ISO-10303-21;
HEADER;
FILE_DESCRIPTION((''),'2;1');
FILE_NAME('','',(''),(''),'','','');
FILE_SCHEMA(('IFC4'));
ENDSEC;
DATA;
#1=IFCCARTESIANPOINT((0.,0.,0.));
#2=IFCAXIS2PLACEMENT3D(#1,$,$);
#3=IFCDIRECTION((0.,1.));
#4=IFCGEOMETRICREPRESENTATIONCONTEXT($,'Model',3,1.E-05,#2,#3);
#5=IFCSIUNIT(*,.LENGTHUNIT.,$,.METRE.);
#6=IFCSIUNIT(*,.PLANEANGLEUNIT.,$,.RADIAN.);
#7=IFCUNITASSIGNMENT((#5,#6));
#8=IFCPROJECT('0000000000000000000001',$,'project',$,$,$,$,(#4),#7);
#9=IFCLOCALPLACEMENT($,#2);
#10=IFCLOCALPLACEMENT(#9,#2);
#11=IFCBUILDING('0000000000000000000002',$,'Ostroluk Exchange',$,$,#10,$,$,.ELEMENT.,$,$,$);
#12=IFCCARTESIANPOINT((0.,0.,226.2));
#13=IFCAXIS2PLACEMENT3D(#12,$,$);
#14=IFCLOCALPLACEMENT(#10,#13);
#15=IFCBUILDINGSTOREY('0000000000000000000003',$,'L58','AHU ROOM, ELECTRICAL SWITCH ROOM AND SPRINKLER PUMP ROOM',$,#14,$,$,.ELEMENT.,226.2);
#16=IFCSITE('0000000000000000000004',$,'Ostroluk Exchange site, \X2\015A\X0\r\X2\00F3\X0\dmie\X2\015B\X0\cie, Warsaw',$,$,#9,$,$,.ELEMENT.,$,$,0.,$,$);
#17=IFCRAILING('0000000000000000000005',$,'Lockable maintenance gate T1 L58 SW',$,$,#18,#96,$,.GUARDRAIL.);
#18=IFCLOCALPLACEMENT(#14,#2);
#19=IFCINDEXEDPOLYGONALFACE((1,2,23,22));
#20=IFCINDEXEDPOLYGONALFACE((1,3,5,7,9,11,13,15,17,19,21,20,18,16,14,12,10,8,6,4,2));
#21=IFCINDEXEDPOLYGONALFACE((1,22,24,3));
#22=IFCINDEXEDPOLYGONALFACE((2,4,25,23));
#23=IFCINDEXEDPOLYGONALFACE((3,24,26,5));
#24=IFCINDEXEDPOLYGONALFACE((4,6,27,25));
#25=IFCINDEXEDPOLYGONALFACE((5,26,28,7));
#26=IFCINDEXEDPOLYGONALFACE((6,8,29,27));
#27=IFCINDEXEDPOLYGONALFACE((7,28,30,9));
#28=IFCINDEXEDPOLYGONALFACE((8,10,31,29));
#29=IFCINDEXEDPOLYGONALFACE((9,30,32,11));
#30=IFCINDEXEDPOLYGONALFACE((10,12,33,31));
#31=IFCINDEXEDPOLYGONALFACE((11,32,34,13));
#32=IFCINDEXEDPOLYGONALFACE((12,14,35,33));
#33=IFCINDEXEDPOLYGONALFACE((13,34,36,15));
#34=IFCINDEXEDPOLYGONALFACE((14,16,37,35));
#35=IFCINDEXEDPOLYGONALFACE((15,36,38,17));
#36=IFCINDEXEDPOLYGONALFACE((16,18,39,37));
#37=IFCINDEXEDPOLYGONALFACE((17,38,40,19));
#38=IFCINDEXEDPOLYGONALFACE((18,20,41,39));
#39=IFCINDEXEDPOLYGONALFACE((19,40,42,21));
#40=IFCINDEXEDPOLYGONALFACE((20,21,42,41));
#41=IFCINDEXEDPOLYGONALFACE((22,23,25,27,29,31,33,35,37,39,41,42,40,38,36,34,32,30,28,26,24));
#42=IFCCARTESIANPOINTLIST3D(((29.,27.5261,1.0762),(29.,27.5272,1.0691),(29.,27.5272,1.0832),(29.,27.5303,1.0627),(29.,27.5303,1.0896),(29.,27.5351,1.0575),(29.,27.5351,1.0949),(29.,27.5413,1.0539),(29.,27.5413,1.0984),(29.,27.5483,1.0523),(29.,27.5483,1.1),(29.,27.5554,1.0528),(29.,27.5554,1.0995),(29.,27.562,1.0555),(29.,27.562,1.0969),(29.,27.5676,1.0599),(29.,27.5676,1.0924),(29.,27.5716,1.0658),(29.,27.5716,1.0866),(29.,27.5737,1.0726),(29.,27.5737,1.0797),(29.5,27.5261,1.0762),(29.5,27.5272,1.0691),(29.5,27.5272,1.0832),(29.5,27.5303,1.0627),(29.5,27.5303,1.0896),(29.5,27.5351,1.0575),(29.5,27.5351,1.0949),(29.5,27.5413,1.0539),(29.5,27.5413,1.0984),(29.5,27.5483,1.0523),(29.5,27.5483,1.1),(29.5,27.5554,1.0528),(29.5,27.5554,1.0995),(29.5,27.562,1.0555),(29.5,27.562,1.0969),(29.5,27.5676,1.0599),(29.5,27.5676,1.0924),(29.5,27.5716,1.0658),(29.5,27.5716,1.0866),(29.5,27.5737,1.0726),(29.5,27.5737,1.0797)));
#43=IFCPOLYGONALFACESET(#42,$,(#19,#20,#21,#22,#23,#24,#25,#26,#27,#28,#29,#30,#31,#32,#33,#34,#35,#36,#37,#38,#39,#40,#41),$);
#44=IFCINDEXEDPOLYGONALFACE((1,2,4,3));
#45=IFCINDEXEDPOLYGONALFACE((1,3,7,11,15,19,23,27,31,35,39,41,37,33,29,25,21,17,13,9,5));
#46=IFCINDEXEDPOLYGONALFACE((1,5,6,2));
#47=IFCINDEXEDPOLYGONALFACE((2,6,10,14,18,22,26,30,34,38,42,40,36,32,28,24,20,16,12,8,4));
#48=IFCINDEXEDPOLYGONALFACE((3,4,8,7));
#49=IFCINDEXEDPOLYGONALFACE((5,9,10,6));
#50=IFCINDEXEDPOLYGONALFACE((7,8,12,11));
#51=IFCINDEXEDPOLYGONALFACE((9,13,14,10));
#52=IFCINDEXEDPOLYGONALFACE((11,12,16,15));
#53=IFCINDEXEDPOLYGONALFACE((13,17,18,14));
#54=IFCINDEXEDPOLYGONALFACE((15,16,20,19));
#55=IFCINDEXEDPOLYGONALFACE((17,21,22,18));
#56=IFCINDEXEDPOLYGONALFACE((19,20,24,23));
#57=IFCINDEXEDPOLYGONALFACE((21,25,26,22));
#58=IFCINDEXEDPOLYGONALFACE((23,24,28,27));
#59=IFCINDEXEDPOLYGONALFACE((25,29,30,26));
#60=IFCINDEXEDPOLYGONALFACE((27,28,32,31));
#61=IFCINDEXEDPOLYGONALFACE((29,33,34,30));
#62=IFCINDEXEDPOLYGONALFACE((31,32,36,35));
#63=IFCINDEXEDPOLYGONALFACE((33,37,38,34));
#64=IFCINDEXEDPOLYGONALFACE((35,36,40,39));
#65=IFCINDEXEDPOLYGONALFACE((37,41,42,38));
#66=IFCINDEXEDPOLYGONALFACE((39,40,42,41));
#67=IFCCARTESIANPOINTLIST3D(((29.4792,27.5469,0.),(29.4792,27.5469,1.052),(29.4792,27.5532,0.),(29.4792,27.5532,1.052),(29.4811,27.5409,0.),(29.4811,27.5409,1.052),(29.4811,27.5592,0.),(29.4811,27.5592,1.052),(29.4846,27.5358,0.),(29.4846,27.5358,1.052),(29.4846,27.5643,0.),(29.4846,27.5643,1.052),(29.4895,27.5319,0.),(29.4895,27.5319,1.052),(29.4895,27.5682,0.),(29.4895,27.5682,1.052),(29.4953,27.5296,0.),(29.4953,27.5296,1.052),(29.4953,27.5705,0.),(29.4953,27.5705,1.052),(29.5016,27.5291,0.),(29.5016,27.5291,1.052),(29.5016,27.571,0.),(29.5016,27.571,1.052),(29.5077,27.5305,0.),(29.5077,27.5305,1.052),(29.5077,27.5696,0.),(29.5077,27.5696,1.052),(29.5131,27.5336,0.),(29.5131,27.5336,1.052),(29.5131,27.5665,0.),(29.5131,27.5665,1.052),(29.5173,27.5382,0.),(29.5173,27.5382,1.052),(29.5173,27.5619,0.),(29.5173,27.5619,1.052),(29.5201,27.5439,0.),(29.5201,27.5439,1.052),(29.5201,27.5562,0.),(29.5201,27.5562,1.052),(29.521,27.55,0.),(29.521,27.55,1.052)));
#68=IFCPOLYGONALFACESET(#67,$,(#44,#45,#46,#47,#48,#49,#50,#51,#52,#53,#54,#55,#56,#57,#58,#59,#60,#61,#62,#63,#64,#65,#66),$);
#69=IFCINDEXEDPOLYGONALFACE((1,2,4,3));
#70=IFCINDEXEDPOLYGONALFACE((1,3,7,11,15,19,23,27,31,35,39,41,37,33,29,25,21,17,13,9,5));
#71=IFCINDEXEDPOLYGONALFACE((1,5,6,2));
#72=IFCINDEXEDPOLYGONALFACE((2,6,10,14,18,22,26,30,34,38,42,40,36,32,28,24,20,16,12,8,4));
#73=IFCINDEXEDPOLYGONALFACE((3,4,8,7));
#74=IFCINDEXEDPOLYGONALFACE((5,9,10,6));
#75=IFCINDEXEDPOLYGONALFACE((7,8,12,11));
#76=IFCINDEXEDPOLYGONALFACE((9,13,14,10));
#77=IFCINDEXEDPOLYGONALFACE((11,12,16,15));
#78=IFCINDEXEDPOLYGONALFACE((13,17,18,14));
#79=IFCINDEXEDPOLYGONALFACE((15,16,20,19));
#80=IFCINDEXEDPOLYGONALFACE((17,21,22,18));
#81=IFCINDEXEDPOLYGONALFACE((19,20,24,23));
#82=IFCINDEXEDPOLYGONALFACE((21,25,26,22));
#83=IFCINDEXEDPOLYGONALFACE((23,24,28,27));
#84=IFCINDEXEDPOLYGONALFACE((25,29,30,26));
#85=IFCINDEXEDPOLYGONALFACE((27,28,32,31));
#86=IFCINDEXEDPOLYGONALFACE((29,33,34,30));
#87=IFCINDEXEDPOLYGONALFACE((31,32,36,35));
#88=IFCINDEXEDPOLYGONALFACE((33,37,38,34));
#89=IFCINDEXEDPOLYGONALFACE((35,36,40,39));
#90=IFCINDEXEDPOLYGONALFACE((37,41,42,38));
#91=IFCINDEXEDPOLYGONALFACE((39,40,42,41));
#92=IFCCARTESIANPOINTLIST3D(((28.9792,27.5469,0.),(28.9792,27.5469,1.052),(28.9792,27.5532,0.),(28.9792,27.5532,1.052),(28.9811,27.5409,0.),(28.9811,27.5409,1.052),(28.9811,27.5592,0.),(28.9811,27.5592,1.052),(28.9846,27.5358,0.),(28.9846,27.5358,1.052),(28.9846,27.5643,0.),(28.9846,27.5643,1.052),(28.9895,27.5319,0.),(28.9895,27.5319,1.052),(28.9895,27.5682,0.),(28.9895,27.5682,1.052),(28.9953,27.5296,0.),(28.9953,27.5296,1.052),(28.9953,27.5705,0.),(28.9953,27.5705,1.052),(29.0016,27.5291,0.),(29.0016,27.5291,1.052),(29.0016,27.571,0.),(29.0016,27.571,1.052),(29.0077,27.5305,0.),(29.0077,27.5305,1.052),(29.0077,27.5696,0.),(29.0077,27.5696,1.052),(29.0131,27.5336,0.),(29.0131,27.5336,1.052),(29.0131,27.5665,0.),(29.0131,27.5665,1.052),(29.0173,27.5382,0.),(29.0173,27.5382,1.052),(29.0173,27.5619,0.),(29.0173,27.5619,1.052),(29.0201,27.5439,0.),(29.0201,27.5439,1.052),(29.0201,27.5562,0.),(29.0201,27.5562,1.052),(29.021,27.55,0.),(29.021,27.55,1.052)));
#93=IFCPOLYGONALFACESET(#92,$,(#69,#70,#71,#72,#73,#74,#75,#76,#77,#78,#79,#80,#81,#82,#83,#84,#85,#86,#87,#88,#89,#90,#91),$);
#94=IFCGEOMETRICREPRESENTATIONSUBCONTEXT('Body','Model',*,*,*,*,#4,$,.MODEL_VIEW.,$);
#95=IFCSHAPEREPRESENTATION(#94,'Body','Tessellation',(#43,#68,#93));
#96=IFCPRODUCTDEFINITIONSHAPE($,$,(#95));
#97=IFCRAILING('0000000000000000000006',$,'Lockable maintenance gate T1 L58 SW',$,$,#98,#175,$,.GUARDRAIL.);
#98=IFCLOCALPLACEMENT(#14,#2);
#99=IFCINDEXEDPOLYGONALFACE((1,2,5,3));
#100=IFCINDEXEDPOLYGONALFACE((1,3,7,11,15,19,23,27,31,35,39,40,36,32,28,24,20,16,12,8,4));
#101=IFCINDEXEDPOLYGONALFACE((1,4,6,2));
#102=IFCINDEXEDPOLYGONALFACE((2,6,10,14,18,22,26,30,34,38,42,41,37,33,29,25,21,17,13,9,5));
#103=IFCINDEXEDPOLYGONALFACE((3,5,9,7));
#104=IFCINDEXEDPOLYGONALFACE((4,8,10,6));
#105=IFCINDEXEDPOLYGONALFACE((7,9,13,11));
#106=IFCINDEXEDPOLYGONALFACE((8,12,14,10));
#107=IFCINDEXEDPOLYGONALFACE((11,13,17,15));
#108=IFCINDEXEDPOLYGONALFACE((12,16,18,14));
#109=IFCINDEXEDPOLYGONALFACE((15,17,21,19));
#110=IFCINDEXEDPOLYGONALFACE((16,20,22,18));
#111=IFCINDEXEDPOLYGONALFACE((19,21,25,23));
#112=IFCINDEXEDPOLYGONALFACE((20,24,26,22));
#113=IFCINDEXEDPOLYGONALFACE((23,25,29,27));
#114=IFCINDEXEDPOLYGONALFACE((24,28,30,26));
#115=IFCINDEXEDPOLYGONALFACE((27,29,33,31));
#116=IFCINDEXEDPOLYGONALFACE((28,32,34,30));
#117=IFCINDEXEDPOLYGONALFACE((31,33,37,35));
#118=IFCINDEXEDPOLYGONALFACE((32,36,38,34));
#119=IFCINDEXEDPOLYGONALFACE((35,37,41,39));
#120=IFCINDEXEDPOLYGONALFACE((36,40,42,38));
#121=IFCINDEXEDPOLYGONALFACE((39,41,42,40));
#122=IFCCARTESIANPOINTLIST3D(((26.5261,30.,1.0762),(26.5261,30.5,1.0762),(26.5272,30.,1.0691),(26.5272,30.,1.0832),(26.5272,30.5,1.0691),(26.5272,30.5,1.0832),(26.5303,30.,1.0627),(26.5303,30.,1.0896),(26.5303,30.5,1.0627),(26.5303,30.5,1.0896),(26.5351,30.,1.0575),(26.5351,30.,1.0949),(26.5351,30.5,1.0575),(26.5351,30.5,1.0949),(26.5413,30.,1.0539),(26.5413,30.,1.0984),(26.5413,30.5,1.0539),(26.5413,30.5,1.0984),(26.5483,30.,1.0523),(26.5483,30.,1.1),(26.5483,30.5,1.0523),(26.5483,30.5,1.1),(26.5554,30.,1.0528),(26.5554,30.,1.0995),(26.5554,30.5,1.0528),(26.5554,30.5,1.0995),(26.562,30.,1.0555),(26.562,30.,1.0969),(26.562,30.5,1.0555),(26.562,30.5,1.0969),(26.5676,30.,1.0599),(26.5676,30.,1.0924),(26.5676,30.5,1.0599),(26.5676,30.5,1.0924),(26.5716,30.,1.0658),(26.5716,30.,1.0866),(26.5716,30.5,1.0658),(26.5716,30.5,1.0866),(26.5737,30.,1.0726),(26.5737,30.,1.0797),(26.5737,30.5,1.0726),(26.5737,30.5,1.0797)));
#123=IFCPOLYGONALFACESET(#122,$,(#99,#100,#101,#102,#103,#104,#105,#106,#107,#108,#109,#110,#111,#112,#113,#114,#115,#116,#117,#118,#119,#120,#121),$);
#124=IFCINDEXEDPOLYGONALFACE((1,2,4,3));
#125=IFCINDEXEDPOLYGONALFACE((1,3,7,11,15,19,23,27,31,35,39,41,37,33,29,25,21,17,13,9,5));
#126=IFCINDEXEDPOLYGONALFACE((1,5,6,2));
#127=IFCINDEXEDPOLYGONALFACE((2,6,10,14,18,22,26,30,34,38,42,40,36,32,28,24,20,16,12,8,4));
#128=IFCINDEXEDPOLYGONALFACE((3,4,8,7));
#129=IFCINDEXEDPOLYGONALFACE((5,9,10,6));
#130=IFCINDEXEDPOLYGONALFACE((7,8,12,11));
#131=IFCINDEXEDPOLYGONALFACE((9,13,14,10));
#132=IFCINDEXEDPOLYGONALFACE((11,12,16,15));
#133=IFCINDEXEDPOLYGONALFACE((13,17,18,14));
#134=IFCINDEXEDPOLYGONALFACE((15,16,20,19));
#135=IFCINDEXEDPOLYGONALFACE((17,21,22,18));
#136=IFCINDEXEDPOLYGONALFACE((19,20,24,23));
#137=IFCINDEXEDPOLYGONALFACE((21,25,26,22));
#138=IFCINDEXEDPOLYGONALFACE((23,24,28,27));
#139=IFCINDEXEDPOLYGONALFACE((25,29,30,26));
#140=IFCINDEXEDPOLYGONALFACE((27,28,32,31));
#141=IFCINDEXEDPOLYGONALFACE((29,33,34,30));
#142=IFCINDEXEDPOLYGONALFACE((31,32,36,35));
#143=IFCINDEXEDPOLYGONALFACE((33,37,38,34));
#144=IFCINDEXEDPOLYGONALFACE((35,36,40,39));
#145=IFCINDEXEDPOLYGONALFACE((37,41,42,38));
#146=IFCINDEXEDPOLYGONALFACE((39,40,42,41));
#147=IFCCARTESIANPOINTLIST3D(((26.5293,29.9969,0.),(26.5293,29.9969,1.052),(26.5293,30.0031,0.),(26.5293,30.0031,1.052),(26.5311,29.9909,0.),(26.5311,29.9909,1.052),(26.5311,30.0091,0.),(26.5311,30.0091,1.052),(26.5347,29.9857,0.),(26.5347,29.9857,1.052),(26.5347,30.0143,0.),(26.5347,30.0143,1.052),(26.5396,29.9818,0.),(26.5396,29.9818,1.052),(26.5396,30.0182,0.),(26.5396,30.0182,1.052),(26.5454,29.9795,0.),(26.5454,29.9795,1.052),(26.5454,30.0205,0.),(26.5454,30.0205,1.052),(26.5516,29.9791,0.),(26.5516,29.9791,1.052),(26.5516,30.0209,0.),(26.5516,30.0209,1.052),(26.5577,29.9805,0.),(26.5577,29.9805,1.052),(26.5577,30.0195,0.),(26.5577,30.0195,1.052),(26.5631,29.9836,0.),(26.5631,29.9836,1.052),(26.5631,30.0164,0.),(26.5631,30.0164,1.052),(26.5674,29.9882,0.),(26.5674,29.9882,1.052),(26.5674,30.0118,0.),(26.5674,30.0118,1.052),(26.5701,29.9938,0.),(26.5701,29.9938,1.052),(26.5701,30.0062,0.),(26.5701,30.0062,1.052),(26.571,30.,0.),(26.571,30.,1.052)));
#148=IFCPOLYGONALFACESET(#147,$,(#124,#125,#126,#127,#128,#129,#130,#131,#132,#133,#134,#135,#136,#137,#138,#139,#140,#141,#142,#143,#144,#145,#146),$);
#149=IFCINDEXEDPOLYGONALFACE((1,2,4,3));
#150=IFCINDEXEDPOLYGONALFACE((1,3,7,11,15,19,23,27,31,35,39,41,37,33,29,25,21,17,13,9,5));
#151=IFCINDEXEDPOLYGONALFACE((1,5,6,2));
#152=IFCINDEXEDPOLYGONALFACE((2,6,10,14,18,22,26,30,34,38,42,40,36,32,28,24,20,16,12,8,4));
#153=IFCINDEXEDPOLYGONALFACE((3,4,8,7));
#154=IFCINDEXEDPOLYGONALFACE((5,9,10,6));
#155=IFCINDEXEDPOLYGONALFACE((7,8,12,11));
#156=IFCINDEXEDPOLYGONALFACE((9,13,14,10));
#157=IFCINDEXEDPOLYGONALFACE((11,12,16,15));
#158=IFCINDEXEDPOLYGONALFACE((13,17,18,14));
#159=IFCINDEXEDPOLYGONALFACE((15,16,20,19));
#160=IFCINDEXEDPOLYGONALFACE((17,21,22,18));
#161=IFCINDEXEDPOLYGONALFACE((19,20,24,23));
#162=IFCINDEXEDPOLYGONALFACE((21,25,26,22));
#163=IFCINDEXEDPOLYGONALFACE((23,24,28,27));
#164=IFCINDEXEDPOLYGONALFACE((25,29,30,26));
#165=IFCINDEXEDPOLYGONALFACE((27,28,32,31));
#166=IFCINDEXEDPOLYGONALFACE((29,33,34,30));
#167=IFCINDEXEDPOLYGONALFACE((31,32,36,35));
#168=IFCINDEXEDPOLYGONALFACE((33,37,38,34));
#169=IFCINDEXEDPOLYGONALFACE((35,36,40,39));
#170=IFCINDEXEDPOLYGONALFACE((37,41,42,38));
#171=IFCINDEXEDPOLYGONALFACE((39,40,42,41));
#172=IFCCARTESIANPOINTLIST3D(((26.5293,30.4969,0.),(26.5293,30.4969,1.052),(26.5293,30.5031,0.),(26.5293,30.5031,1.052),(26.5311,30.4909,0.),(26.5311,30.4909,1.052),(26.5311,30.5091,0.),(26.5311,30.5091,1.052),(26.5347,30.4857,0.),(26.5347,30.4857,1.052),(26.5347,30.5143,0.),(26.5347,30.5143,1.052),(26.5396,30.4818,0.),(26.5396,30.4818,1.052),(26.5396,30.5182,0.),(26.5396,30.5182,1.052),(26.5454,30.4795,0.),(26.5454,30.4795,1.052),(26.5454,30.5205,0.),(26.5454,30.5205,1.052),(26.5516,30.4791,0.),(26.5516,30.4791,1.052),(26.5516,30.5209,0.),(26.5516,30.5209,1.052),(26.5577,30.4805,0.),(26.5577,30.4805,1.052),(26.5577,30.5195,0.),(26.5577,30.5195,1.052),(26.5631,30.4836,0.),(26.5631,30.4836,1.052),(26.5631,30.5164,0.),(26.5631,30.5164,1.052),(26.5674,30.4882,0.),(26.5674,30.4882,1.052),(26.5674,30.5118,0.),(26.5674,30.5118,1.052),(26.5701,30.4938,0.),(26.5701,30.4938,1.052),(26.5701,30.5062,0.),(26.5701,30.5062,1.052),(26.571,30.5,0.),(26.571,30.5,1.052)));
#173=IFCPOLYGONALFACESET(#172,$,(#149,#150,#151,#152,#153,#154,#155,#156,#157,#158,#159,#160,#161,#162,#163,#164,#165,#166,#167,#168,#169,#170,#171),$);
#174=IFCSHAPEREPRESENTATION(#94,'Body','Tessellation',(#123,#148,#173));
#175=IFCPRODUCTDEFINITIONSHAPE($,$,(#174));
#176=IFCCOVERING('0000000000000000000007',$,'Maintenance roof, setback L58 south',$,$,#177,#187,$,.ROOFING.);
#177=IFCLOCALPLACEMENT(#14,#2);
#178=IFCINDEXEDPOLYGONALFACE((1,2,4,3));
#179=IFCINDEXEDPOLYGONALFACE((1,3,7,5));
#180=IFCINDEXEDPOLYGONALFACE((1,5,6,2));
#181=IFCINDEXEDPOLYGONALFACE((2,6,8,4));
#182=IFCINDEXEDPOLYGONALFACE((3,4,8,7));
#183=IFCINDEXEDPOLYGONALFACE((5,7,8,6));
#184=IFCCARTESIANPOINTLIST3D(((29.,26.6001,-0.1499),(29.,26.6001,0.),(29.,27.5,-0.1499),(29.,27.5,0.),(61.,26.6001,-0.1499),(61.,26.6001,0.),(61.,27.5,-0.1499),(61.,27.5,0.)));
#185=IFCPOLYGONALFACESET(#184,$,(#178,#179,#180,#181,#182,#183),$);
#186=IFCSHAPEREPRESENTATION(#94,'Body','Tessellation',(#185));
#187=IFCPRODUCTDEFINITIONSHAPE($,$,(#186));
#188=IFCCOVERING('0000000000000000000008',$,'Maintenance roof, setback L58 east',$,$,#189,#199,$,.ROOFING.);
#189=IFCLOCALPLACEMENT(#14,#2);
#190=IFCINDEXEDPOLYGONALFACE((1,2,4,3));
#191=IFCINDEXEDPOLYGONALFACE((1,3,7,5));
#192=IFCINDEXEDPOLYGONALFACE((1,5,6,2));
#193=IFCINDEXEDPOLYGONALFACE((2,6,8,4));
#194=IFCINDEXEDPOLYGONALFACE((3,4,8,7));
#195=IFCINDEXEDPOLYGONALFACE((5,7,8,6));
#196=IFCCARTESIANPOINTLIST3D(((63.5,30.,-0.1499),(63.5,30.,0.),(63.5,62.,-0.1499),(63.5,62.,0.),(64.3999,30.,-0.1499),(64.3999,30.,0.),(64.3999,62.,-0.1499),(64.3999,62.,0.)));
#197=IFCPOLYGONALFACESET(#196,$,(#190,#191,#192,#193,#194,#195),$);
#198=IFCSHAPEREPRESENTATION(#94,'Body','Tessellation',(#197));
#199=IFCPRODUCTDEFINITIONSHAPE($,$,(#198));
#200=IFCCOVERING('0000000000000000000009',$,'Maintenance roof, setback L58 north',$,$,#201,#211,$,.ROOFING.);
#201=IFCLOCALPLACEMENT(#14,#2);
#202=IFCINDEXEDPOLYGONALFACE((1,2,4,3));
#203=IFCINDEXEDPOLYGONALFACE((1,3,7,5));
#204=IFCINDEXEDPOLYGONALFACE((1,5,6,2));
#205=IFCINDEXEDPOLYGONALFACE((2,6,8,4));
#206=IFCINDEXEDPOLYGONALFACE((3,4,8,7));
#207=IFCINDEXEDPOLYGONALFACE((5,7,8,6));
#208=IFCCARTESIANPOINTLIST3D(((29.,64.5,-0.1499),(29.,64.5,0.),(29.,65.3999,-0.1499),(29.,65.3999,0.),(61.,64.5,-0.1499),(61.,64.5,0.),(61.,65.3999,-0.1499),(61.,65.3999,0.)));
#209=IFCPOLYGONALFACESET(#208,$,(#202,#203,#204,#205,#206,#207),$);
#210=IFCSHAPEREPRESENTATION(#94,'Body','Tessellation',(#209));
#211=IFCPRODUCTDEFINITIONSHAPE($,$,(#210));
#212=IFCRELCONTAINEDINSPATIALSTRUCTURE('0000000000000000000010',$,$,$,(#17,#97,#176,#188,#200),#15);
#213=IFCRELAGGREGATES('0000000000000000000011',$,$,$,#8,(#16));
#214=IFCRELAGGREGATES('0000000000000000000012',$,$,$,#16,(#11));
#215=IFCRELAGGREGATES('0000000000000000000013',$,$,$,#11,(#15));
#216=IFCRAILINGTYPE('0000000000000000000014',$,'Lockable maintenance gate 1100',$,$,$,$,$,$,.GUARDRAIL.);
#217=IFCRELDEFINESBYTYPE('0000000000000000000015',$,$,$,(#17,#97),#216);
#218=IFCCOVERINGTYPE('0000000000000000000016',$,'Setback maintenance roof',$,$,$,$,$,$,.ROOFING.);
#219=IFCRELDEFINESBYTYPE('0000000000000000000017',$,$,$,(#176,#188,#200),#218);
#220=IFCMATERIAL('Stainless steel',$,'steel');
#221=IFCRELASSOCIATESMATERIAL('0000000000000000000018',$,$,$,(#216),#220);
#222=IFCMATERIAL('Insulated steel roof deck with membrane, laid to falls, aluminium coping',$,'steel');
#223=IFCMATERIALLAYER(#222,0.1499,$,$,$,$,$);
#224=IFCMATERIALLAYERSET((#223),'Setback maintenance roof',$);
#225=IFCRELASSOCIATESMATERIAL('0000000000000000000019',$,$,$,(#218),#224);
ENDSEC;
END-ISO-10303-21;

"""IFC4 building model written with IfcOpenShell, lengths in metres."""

from ifc_helpers import new_model, si_unit, direction, frame, origin, origin_2d, place, context, subcontext, project, spatial, polyline, circle, outline, extrude, material, layer, layer_set, type_object, element, save


model = new_model("IFC4")

# Units and contexts
model_context = context("Model", 3, precision=1e-05, world=origin(), true_north=direction((0.0, 1.0)))
body_context = subcontext(model_context, "Body", "Model", "MODEL_VIEW")
ifc_project = project(units=[si_unit("LENGTHUNIT", "METRE"), si_unit("PLANEANGLEUNIT", "RADIAN")], contexts=[model_context])

# Site, building, storey
site_placement = place(None, origin())
site = spatial("IfcSite", under=ifc_project, at=site_placement, Name="Ostroluk Exchange site, Śródmieście, Warsaw", CompositionType="ELEMENT", RefElevation=0.0)
building_placement = place(site_placement, origin())
building = spatial("IfcBuilding", under=site, at=building_placement, Name="Ostroluk Exchange", CompositionType="ELEMENT")
storey_placement = place(building_placement, frame((0.0, 0.0, 226.2)))
storey = spatial("IfcBuildingStorey", under=building, at=storey_placement, Name="L58", Description="AHU ROOM, ELECTRICAL SWITCH ROOM AND SPRINKLER PUMP ROOM", CompositionType="ELEMENT", Elevation=226.2)

# Railings
ifc_material_1 = material(Name="Stainless steel", Category="steel")
railing_type_1 = type_object("IfcRailingType", Name="Lockable maintenance gate 1100", PredefinedType="GUARDRAIL", material=ifc_material_1)
railing_1_placement = place(storey_placement, frame((29.5, 27.55, 0.0)))
element("IfcRailing", 1, at=railing_1_placement, inside=storey, type_object=railing_type_1, Name="Lockable maintenance gate T1 L58 SW", PredefinedType="GUARDRAIL", context=body_context, shape_type="SweptSolid", body=[
    extrude(circle(Radius=0.0239, at=origin_2d()), frame((0.0, 0.0, 1.0762), z_axis=(-1.0, 0.0, 0.0), x_axis=(0.0, -1.0, 0.0)), (0.0, 0.0, 1.0), 0.5),
    extrude(circle(Radius=0.021, at=origin_2d()), origin(), (0.0, 0.0, 1.0), 1.052),
    extrude(circle(Radius=0.021, at=origin_2d()), frame((-0.5, 0.0, 0.0)), (0.0, 0.0, 1.0), 1.052),
])
railing_2_placement = place(storey_placement, frame((26.55, 30.0, 0.0)))
element("IfcRailing", 2, at=railing_2_placement, inside=storey, type_object=railing_type_1, Name="Lockable maintenance gate T1 L58 SW", PredefinedType="GUARDRAIL", context=body_context, shape_type="SweptSolid", body=[
    extrude(circle(Radius=0.0239, at=origin_2d()), frame((0.0, 0.0, 1.0762), z_axis=(0.0, 1.0, 0.0), x_axis=(-1.0, 0.0, 0.0)), (0.0, 0.0, 1.0), 0.5),
    extrude(circle(Radius=0.021, at=origin_2d()), origin(), (0.0, 0.0, 1.0), 1.052),
    extrude(circle(Radius=0.021, at=origin_2d()), frame((0.0, 0.5, 0.0)), (0.0, 0.0, 1.0), 1.052),
])

# Coverings
ifc_material_2 = material(Name="Insulated steel roof deck with membrane, laid to falls, aluminium coping", Category="steel")
ifc_layer_1 = layer(ifc_material_2, 0.1499)
ifc_layer_set_1 = layer_set([ifc_layer_1], Name="Setback maintenance roof")
covering_type = type_object("IfcCoveringType", Name="Setback maintenance roof", PredefinedType="ROOFING", material=ifc_layer_set_1)
covering_1_placement = place(storey_placement, frame((0.0, 0.0, -0.1499)))
element("IfcCovering", 3, at=covering_1_placement, inside=storey, type_object=covering_type, Name="Maintenance roof, setback L58 south", PredefinedType="ROOFING", context=body_context, shape_type="SweptSolid", body=[
    extrude(outline(polyline([(29.0, 27.5), (61.0, 27.5), (61.0, 26.6001), (29.0, 26.6001), (29.0, 27.5)])), origin(), (0.0, 0.0, 1.0), 0.1499),
])
covering_2_placement = place(storey_placement, frame((0.0, 0.0, -0.1499)))
element("IfcCovering", 4, at=covering_2_placement, inside=storey, type_object=covering_type, Name="Maintenance roof, setback L58 east", PredefinedType="ROOFING", context=body_context, shape_type="SweptSolid", body=[
    extrude(outline(polyline([(63.5, 62.0), (64.3999, 62.0), (64.3999, 30.0), (63.5, 30.0), (63.5, 62.0)])), origin(), (0.0, 0.0, 1.0), 0.1499),
])
covering_3_placement = place(storey_placement, frame((0.0, 0.0, -0.1499)))
element("IfcCovering", 5, at=covering_3_placement, inside=storey, type_object=covering_type, Name="Maintenance roof, setback L58 north", PredefinedType="ROOFING", context=body_context, shape_type="SweptSolid", body=[
    extrude(outline(polyline([(29.0, 65.3999), (61.0, 65.3999), (61.0, 64.5), (29.0, 64.5), (29.0, 65.3999)])), origin(), (0.0, 0.0, 1.0), 0.1499),
])

save(model, "model.ifc")
